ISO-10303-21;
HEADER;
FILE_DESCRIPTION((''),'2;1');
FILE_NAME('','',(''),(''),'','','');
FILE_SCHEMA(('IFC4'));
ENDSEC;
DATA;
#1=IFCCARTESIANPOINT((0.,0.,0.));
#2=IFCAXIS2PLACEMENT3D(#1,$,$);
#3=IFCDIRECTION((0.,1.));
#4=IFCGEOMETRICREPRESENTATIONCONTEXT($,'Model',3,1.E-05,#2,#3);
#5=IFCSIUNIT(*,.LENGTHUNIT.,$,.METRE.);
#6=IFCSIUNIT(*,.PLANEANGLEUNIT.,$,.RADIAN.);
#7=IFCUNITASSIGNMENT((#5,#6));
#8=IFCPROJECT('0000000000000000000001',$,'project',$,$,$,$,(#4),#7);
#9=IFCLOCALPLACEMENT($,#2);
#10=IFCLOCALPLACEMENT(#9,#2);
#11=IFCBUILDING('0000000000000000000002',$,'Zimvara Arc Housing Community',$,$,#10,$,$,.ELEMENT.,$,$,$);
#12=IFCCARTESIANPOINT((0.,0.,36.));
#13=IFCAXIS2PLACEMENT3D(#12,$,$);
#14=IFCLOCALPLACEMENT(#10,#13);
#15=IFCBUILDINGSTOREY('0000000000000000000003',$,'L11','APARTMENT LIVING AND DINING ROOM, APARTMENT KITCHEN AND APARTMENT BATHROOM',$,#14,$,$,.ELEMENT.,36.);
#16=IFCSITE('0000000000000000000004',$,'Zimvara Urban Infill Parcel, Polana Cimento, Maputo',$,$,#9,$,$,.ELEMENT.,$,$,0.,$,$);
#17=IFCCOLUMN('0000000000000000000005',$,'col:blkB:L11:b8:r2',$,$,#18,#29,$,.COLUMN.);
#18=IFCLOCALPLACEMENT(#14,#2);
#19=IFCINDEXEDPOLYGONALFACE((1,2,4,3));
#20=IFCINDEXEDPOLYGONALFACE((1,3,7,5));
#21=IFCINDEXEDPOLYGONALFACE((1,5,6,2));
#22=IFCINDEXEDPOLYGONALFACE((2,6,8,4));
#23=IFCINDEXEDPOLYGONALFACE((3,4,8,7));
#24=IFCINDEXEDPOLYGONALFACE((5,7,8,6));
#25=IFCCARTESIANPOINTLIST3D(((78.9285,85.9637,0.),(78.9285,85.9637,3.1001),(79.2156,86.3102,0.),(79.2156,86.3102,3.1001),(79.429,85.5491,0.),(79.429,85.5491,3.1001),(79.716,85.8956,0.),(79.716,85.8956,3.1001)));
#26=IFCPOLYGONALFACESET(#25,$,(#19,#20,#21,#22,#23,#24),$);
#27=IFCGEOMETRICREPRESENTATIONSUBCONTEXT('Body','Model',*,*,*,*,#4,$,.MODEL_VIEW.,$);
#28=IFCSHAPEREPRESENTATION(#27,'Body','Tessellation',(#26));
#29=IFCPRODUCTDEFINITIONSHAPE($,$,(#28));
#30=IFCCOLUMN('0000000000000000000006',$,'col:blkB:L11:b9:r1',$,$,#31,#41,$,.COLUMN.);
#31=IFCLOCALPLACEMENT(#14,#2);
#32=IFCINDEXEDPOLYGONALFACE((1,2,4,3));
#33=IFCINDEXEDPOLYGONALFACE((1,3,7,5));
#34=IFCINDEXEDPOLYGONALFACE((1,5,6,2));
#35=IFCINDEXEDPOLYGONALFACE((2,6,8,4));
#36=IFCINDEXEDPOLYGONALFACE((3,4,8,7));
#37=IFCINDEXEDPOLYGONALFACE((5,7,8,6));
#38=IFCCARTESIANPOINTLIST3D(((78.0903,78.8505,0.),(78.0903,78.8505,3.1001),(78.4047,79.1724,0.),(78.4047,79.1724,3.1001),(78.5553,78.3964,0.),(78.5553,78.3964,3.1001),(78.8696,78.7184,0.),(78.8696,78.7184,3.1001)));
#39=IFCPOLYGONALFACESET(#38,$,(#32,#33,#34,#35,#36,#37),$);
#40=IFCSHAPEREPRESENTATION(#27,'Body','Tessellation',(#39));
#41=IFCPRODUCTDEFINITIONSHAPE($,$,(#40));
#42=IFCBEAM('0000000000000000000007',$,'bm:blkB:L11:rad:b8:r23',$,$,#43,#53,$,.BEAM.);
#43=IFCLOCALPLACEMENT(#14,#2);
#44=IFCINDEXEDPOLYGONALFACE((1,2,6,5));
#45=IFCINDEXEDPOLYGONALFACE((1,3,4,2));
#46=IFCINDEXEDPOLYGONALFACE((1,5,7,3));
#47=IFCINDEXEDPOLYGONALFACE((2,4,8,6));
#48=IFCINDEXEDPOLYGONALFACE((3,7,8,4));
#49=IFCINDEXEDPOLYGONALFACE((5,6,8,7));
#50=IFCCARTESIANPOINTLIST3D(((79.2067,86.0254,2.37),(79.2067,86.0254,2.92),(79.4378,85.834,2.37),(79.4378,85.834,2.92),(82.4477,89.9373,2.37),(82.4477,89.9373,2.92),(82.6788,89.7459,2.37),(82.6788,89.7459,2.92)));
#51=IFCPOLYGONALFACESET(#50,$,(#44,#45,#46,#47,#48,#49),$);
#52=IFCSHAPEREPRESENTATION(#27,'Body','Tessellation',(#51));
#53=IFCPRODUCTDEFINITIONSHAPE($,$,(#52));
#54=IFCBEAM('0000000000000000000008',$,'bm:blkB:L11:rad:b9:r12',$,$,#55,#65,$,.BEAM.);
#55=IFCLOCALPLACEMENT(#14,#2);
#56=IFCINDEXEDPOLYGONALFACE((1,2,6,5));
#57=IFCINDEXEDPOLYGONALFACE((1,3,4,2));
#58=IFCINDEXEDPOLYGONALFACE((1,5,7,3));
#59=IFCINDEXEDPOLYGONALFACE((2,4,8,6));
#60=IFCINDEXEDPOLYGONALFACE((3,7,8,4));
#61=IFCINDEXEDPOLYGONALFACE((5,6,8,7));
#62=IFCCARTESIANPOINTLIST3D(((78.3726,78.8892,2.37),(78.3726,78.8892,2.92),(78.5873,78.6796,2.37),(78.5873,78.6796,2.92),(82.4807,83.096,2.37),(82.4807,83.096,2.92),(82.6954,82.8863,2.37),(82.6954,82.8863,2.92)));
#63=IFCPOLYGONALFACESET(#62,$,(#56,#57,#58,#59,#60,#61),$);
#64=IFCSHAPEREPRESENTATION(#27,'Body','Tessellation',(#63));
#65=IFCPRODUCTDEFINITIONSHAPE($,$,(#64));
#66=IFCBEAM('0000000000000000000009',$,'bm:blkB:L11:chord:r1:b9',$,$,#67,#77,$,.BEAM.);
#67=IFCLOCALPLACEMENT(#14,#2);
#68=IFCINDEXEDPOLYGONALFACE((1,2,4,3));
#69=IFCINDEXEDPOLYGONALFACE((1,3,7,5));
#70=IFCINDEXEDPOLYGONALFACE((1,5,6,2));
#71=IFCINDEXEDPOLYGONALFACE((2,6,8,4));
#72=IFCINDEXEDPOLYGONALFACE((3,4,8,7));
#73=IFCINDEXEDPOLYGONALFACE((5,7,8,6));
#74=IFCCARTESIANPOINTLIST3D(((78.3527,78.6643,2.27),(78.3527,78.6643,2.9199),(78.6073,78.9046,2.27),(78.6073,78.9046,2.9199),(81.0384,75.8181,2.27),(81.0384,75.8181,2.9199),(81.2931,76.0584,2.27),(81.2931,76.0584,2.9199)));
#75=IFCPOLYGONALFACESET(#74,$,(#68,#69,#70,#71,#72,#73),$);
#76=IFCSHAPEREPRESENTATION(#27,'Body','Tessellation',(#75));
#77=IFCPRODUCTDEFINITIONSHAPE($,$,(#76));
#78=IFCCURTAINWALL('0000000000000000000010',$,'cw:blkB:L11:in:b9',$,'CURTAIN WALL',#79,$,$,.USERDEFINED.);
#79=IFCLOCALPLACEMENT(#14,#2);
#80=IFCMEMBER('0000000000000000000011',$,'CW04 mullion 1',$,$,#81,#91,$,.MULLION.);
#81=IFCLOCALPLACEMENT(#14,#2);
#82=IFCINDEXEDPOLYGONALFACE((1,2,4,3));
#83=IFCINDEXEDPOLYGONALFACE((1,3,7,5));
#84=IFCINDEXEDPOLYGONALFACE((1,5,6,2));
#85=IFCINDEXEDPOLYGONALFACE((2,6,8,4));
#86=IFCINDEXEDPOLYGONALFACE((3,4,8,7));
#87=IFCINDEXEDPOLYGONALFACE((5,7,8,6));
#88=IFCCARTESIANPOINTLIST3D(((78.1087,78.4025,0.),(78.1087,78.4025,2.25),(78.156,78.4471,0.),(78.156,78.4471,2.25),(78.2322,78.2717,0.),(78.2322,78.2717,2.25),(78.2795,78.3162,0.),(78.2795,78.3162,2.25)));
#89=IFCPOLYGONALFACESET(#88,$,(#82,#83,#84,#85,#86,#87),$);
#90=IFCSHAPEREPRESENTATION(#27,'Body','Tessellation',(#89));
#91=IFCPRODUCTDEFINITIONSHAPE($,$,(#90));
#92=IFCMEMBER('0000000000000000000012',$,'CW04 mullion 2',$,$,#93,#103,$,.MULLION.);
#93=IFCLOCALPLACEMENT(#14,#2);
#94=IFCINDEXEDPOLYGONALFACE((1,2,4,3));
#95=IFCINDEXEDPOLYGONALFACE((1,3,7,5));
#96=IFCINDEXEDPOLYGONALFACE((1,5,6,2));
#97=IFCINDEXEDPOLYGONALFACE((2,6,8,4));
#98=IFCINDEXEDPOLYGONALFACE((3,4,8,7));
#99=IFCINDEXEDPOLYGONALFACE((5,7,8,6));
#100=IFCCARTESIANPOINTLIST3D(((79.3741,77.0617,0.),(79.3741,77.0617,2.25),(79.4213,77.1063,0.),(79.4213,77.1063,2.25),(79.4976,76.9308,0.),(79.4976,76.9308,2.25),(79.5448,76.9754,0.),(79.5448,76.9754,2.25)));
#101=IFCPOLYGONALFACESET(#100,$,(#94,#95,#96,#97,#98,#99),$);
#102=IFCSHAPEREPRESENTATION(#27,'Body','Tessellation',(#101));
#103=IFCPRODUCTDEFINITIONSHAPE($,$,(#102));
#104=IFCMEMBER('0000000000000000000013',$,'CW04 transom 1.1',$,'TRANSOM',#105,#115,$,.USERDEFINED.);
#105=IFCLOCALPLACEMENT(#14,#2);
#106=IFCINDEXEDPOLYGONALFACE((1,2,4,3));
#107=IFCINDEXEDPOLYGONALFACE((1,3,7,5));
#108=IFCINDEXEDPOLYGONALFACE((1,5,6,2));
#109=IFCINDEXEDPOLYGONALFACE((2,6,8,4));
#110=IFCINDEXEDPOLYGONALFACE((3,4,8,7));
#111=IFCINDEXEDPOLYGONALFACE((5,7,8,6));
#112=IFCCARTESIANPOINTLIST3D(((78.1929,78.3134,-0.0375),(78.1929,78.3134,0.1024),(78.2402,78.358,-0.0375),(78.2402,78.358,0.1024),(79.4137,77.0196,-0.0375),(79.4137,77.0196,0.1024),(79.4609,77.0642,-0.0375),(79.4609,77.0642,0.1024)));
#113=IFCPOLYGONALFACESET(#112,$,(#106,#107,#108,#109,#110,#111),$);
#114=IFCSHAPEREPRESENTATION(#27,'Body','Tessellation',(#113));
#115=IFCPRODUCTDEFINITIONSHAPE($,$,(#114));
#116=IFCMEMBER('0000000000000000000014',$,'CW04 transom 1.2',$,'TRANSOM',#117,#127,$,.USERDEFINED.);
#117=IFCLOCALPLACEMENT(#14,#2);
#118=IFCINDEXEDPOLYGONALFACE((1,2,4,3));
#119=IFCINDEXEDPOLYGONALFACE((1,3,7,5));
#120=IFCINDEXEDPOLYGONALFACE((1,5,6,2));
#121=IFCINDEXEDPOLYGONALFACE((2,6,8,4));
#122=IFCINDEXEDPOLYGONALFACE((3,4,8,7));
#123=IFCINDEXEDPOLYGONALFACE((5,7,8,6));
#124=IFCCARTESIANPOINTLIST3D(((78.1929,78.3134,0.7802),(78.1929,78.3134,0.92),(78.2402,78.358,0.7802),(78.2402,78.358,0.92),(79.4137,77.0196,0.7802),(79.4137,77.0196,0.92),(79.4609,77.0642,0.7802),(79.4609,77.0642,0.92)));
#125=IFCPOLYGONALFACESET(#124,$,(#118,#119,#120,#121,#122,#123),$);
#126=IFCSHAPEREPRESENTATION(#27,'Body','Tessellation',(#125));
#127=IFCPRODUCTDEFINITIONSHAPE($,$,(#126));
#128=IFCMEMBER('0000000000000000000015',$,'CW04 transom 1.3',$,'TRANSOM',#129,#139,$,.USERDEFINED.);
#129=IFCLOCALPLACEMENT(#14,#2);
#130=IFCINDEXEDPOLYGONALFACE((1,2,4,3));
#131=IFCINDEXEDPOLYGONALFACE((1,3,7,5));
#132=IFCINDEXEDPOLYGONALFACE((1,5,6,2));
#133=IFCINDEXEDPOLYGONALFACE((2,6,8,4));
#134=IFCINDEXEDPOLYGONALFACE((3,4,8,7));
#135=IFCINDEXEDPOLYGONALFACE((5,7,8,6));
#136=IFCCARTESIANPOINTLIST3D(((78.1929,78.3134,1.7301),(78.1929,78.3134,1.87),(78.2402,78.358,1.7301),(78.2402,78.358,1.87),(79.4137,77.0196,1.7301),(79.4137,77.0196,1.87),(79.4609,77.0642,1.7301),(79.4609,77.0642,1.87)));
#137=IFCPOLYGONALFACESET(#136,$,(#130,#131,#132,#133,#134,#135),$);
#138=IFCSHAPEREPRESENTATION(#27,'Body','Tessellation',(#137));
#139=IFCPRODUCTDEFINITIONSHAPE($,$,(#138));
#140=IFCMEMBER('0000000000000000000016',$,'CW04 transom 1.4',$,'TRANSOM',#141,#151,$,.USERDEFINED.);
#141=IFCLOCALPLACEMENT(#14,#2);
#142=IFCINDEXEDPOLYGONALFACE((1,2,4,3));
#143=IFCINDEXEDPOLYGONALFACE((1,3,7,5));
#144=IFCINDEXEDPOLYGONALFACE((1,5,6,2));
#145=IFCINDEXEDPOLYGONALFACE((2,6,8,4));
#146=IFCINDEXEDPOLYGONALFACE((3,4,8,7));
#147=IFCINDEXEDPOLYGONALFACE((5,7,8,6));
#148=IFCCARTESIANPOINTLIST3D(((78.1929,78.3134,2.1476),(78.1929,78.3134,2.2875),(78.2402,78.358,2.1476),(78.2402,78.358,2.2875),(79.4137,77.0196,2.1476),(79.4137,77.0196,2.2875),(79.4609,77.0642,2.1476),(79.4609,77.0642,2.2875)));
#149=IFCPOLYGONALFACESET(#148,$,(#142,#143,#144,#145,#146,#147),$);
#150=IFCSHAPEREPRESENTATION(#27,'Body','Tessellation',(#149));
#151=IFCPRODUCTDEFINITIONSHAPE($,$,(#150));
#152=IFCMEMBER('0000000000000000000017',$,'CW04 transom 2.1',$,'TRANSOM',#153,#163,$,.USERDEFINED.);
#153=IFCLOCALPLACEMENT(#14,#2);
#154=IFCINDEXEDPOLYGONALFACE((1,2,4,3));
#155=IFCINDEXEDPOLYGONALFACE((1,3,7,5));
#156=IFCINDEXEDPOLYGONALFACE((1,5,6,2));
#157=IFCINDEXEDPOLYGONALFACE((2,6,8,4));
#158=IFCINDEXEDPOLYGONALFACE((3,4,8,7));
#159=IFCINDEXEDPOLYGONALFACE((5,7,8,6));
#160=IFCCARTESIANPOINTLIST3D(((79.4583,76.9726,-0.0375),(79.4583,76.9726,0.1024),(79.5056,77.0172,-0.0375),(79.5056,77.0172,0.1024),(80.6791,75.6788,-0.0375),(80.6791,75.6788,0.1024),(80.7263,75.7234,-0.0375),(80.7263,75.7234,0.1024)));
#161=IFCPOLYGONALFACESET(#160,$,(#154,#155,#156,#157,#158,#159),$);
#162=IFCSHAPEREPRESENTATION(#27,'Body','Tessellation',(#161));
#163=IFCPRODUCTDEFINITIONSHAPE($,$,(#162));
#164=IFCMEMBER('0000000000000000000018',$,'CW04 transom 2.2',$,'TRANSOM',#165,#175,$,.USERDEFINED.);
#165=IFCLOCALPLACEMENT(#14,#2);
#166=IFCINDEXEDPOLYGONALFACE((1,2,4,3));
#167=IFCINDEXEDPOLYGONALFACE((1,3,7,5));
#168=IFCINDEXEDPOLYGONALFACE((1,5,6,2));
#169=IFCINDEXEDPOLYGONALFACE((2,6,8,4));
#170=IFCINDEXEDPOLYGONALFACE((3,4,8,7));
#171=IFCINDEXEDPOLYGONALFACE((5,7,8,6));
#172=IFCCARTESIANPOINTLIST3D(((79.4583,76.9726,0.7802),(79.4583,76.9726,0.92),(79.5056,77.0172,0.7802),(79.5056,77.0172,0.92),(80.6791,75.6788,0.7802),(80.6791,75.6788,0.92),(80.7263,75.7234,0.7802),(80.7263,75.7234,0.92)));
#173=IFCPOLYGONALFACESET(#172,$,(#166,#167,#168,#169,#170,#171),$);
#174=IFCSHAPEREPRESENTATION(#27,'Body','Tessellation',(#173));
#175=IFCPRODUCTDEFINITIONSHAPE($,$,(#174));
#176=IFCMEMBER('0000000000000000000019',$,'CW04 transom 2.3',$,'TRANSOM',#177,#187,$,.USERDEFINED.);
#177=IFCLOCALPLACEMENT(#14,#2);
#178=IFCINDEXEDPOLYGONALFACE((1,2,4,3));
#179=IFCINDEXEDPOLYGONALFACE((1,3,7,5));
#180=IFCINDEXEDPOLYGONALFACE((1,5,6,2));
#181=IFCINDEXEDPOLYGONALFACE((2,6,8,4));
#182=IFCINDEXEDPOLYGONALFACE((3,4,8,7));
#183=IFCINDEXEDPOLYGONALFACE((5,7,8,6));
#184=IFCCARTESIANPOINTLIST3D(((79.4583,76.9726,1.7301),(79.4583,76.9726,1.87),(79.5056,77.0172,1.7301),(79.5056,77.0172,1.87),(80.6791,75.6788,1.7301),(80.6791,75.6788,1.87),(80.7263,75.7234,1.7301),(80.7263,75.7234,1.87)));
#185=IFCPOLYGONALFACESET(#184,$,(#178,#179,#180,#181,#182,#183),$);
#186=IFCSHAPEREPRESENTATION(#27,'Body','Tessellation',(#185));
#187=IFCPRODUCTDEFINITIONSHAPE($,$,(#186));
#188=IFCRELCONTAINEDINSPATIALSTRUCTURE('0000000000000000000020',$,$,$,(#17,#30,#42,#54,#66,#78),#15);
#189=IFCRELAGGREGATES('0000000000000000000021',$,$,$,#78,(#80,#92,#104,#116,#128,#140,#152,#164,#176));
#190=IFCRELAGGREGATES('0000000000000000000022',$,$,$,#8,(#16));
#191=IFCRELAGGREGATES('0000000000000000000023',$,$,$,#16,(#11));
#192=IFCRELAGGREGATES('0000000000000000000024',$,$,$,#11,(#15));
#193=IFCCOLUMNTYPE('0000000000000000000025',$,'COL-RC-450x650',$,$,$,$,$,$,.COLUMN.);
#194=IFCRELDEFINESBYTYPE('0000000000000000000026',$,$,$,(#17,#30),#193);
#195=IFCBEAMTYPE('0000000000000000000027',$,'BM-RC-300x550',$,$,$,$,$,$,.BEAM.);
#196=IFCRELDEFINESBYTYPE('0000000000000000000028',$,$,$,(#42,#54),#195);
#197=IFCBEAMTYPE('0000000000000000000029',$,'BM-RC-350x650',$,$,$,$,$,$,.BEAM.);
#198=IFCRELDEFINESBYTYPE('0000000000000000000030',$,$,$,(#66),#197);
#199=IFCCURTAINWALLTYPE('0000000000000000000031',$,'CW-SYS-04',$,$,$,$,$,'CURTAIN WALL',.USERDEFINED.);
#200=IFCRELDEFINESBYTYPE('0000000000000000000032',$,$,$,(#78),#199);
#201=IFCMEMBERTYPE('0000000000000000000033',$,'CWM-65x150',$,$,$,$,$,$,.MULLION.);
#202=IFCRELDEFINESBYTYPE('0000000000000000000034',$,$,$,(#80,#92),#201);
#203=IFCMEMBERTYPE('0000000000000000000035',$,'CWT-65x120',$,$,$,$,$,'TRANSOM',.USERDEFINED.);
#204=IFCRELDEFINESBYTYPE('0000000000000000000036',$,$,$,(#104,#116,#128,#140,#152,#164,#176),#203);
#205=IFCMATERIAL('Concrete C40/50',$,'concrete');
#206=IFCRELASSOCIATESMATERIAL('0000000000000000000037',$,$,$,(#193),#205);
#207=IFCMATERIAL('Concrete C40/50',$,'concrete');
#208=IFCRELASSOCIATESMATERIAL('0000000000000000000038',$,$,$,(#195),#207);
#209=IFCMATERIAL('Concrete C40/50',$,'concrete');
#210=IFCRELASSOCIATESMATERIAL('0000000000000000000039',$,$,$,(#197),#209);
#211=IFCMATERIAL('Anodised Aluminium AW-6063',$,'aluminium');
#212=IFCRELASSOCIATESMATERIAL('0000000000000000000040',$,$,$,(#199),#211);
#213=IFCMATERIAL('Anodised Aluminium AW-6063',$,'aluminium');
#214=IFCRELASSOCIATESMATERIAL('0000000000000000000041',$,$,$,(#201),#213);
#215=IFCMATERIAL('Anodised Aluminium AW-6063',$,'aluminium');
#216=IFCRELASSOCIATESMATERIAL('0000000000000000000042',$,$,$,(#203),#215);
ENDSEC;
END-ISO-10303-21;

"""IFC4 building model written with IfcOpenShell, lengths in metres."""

from ifc_helpers import new_model, si_unit, direction, frame, origin, origin_2d, place, context, subcontext, project, spatial, rectangle, extrude, material, material_profile, profile_set, type_object, element, aggregate, save


model = new_model("IFC4")

# Units and contexts
model_context = context("Model", 3, precision=1e-05, world=origin(), true_north=direction((0.0, 1.0)))
body_context = subcontext(model_context, "Body", "Model", "MODEL_VIEW")
ifc_project = project(units=[si_unit("LENGTHUNIT", "METRE"), si_unit("PLANEANGLEUNIT", "RADIAN")], contexts=[model_context])

# Site, building, storey
site_placement = place(None, origin())
site = spatial("IfcSite", under=ifc_project, at=site_placement, Name="Zimvara Urban Infill Parcel, Polana Cimento, Maputo", CompositionType="ELEMENT", RefElevation=0.0)
building_placement = place(site_placement, origin())
building = spatial("IfcBuilding", under=site, at=building_placement, Name="Zimvara Arc Housing Community", CompositionType="ELEMENT")
storey_placement = place(building_placement, frame((0.0, 0.0, 36.0)))
storey = spatial("IfcBuildingStorey", under=building, at=storey_placement, Name="L11", Description="APARTMENT LIVING AND DINING ROOM, APARTMENT KITCHEN AND APARTMENT BATHROOM", CompositionType="ELEMENT", Elevation=36.0)

# Columns
ifc_material_1 = material(Name="Concrete C40/50", Category="concrete")
ifc_material_profile_1 = material_profile(ifc_material_1, rectangle(XDim=0.45, YDim=0.6499, at=origin_2d()), Name="RC 450x650")
ifc_profile_set_1 = profile_set([ifc_material_profile_1], Name="Concrete C40/50")
column_type = type_object("IfcColumnType", Name="COL-RC-450x650", PredefinedType="COLUMN", material=ifc_profile_set_1)
for number, where, z_axis, x_axis, name in (
    (1, (79.3223, 85.9297, 0.0), (0.0, 0.0, 1.0), (0.637962, 0.770068, 0.0), "col:blkB:L11:b8:r2"),
    (2, (78.48, 78.7844, 0.0), (0.0, 0.0, 1.0), (0.698665, 0.715449, 0.0), "col:blkB:L11:b9:r1"),
):
    element("IfcColumn", number, at=place(storey_placement, frame(where, z_axis=z_axis, x_axis=x_axis)), inside=storey, type_object=column_type, Name=name, PredefinedType="COLUMN", context=body_context, shape_type="SweptSolid", body=[
        extrude(rectangle(XDim=0.45, YDim=0.6499, at=origin_2d()), origin(), (0.0, 0.0, 1.0), 3.1001),
    ])

# Beams
ifc_material_2 = material(Name="Concrete C40/50", Category="concrete")
ifc_material_profile_2 = material_profile(ifc_material_2, rectangle(XDim=0.3, YDim=0.55, at=origin_2d()), Name="RC 300x550")
ifc_profile_set_2 = profile_set([ifc_material_profile_2], Name="Concrete C40/50")
beam_type_1 = type_object("IfcBeamType", Name="BM-RC-300x550", PredefinedType="BEAM", material=ifc_profile_set_2)
beam_1_placement = place(storey_placement, frame((79.3223, 85.9297, 2.645), z_axis=(0.637984, 0.77005, 0.0), x_axis=(-0.77005, 0.637984, 0.0)))
element("IfcBeam", 3, at=beam_1_placement, inside=storey, type_object=beam_type_1, Name="bm:blkB:L11:rad:b8:r23", PredefinedType="BEAM", context=body_context, shape_type="SweptSolid", body=[
    extrude(rectangle(XDim=0.3, YDim=0.55, at=origin_2d()), origin(), (0.0, 0.0, 1.0), 5.0801),
])
beam_2_placement = place(storey_placement, frame((78.48, 78.7844, 2.645), z_axis=(0.69867, 0.715444, 0.0), x_axis=(-0.715444, 0.69867, 0.0)))
element("IfcBeam", 4, at=beam_2_placement, inside=storey, type_object=beam_type_1, Name="bm:blkB:L11:rad:b9:r12", PredefinedType="BEAM", context=body_context, shape_type="SweptSolid", body=[
    extrude(rectangle(XDim=0.3, YDim=0.55, at=origin_2d()), origin(), (0.0, 0.0, 1.0), 5.8799),
])
ifc_material_3 = material(Name="Concrete C40/50", Category="concrete")
ifc_material_profile_3 = material_profile(ifc_material_3, rectangle(XDim=0.3501, YDim=0.6499, at=origin_2d()), Name="RC 350x650")
ifc_profile_set_3 = profile_set([ifc_material_profile_3], Name="Concrete C40/50")
beam_type_2 = type_object("IfcBeamType", Name="BM-RC-350x650", PredefinedType="BEAM", material=ifc_profile_set_3)
beam_3_placement = place(storey_placement, frame((78.48, 78.7844, 2.595), z_axis=(0.686316, -0.727304, 0.0), x_axis=(0.727304, 0.686316, 0.0)))
element("IfcBeam", 5, at=beam_3_placement, inside=storey, type_object=beam_type_2, Name="bm:blkB:L11:chord:r1:b9", PredefinedType="BEAM", context=body_context, shape_type="SweptSolid", body=[
    extrude(rectangle(XDim=0.3501, YDim=0.6499, at=origin_2d()), origin(), (0.0, 0.0, 1.0), 3.9133),
])

# Curtain wall, members
ifc_material_4 = material(Name="Anodised Aluminium AW-6063", Category="aluminium")
curtain_wall_type = type_object("IfcCurtainWallType", Name="CW-SYS-04", ElementType="CURTAIN WALL", PredefinedType="USERDEFINED", material=ifc_material_4)
curtain_wall_placement = place(storey_placement, origin())
curtain_wall = element("IfcCurtainWall", 6, at=curtain_wall_placement, inside=storey, type_object=curtain_wall_type, Name="cw:blkB:L11:in:b9", ObjectType="CURTAIN WALL", PredefinedType="USERDEFINED")
ifc_material_5 = material(Name="Anodised Aluminium AW-6063", Category="aluminium")
ifc_material_profile_4 = material_profile(ifc_material_5, rectangle(XDim=0.0649, YDim=0.1799, at=origin_2d()), Name="ALU 65x180")
ifc_profile_set_4 = profile_set([ifc_material_profile_4], Name="Anodised Aluminium AW-6063")
member_type_1 = type_object("IfcMemberType", Name="CWM-65x150", PredefinedType="MULLION", material=ifc_profile_set_4)
member_1_placement = place(storey_placement, frame((78.1941, 78.3594, 0.0), z_axis=(0.0, 0.0, 1.0), x_axis=(0.727294, 0.686326, 0.0)))
member_1 = element("IfcMember", 7, at=member_1_placement, type_object=member_type_1, Name="CW04 mullion 1", PredefinedType="MULLION", context=body_context, shape_type="SweptSolid", body=[
    extrude(rectangle(XDim=0.0649, YDim=0.1799, at=origin_2d()), origin(), (0.0, 0.0, 1.0), 2.25),
])
member_2_placement = place(storey_placement, frame((79.4595, 77.0186, 0.0), z_axis=(0.0, 0.0, 1.0), x_axis=(0.727294, 0.686326, 0.0)))
member_2 = element("IfcMember", 8, at=member_2_placement, type_object=member_type_1, Name="CW04 mullion 2", PredefinedType="MULLION", context=body_context, shape_type="SweptSolid", body=[
    extrude(rectangle(XDim=0.0649, YDim=0.1799, at=origin_2d()), origin(), (0.0, 0.0, 1.0), 2.25),
])
ifc_material_6 = material(Name="Anodised Aluminium AW-6063", Category="aluminium")
ifc_material_profile_5 = material_profile(ifc_material_6, rectangle(XDim=0.0649, YDim=0.1399, at=origin_2d()), Name="ALU 65x140")
ifc_profile_set_5 = profile_set([ifc_material_profile_5], Name="Anodised Aluminium AW-6063")
member_type_2 = type_object("IfcMemberType", Name="CWT-65x120", ElementType="TRANSOM", PredefinedType="USERDEFINED", material=ifc_profile_set_5)
member_3_placement = place(storey_placement, frame((78.2166, 78.3357, 0.0325), z_axis=(0.686289, -0.727329, 0.0), x_axis=(0.727329, 0.686289, 0.0)))
member_3 = element("IfcMember", 9, at=member_3_placement, type_object=member_type_2, Name="CW04 transom 1.1", ObjectType="TRANSOM", PredefinedType="USERDEFINED", context=body_context, shape_type="SweptSolid", body=[
    extrude(rectangle(XDim=0.0649, YDim=0.1399, at=origin_2d()), origin(), (0.0, 0.0, 1.0), 1.7788),
])
member_4_placement = place(storey_placement, frame((78.2166, 78.3357, 0.8501), z_axis=(0.686289, -0.727329, 0.0), x_axis=(0.727329, 0.686289, 0.0)))
member_4 = element("IfcMember", 10, at=member_4_placement, type_object=member_type_2, Name="CW04 transom 1.2", ObjectType="TRANSOM", PredefinedType="USERDEFINED", context=body_context, shape_type="SweptSolid", body=[
    extrude(rectangle(XDim=0.0649, YDim=0.1399, at=origin_2d()), origin(), (0.0, 0.0, 1.0), 1.7788),
])
member_5_placement = place(storey_placement, frame((78.2166, 78.3357, 1.8), z_axis=(0.686289, -0.727329, 0.0), x_axis=(0.727329, 0.686289, 0.0)))
member_5 = element("IfcMember", 11, at=member_5_placement, type_object=member_type_2, Name="CW04 transom 1.3", ObjectType="TRANSOM", PredefinedType="USERDEFINED", context=body_context, shape_type="SweptSolid", body=[
    extrude(rectangle(XDim=0.0649, YDim=0.1399, at=origin_2d()), origin(), (0.0, 0.0, 1.0), 1.7788),
])
member_6_placement = place(storey_placement, frame((78.2166, 78.3357, 2.2175), z_axis=(0.686289, -0.727329, 0.0), x_axis=(0.727329, 0.686289, 0.0)))
member_6 = element("IfcMember", 12, at=member_6_placement, type_object=member_type_2, Name="CW04 transom 1.4", ObjectType="TRANSOM", PredefinedType="USERDEFINED", context=body_context, shape_type="SweptSolid", body=[
    extrude(rectangle(XDim=0.0649, YDim=0.1399, at=origin_2d()), origin(), (0.0, 0.0, 1.0), 1.7788),
])
member_7_placement = place(storey_placement, frame((79.4819, 76.9949, 0.0325), z_axis=(0.686289, -0.727329, 0.0), x_axis=(0.727329, 0.686289, 0.0)))
member_7 = element("IfcMember", 13, at=member_7_placement, type_object=member_type_2, Name="CW04 transom 2.1", ObjectType="TRANSOM", PredefinedType="USERDEFINED", context=body_context, shape_type="SweptSolid", body=[
    extrude(rectangle(XDim=0.0649, YDim=0.1399, at=origin_2d()), origin(), (0.0, 0.0, 1.0), 1.7788),
])
member_8_placement = place(storey_placement, frame((79.4819, 76.9949, 0.8501), z_axis=(0.686289, -0.727329, 0.0), x_axis=(0.727329, 0.686289, 0.0)))
member_8 = element("IfcMember", 14, at=member_8_placement, type_object=member_type_2, Name="CW04 transom 2.2", ObjectType="TRANSOM", PredefinedType="USERDEFINED", context=body_context, shape_type="SweptSolid", body=[
    extrude(rectangle(XDim=0.0649, YDim=0.1399, at=origin_2d()), origin(), (0.0, 0.0, 1.0), 1.7788),
])
member_9_placement = place(storey_placement, frame((79.4819, 76.9949, 1.8), z_axis=(0.686289, -0.727329, 0.0), x_axis=(0.727329, 0.686289, 0.0)))
member_9 = element("IfcMember", 15, at=member_9_placement, type_object=member_type_2, Name="CW04 transom 2.3", ObjectType="TRANSOM", PredefinedType="USERDEFINED", context=body_context, shape_type="SweptSolid", body=[
    extrude(rectangle(XDim=0.0649, YDim=0.1399, at=origin_2d()), origin(), (0.0, 0.0, 1.0), 1.7788),
])
aggregate(curtain_wall, [member_1, member_2, member_3, member_4, member_5, member_6, member_7, member_8, member_9])

save(model, "model.ifc")
